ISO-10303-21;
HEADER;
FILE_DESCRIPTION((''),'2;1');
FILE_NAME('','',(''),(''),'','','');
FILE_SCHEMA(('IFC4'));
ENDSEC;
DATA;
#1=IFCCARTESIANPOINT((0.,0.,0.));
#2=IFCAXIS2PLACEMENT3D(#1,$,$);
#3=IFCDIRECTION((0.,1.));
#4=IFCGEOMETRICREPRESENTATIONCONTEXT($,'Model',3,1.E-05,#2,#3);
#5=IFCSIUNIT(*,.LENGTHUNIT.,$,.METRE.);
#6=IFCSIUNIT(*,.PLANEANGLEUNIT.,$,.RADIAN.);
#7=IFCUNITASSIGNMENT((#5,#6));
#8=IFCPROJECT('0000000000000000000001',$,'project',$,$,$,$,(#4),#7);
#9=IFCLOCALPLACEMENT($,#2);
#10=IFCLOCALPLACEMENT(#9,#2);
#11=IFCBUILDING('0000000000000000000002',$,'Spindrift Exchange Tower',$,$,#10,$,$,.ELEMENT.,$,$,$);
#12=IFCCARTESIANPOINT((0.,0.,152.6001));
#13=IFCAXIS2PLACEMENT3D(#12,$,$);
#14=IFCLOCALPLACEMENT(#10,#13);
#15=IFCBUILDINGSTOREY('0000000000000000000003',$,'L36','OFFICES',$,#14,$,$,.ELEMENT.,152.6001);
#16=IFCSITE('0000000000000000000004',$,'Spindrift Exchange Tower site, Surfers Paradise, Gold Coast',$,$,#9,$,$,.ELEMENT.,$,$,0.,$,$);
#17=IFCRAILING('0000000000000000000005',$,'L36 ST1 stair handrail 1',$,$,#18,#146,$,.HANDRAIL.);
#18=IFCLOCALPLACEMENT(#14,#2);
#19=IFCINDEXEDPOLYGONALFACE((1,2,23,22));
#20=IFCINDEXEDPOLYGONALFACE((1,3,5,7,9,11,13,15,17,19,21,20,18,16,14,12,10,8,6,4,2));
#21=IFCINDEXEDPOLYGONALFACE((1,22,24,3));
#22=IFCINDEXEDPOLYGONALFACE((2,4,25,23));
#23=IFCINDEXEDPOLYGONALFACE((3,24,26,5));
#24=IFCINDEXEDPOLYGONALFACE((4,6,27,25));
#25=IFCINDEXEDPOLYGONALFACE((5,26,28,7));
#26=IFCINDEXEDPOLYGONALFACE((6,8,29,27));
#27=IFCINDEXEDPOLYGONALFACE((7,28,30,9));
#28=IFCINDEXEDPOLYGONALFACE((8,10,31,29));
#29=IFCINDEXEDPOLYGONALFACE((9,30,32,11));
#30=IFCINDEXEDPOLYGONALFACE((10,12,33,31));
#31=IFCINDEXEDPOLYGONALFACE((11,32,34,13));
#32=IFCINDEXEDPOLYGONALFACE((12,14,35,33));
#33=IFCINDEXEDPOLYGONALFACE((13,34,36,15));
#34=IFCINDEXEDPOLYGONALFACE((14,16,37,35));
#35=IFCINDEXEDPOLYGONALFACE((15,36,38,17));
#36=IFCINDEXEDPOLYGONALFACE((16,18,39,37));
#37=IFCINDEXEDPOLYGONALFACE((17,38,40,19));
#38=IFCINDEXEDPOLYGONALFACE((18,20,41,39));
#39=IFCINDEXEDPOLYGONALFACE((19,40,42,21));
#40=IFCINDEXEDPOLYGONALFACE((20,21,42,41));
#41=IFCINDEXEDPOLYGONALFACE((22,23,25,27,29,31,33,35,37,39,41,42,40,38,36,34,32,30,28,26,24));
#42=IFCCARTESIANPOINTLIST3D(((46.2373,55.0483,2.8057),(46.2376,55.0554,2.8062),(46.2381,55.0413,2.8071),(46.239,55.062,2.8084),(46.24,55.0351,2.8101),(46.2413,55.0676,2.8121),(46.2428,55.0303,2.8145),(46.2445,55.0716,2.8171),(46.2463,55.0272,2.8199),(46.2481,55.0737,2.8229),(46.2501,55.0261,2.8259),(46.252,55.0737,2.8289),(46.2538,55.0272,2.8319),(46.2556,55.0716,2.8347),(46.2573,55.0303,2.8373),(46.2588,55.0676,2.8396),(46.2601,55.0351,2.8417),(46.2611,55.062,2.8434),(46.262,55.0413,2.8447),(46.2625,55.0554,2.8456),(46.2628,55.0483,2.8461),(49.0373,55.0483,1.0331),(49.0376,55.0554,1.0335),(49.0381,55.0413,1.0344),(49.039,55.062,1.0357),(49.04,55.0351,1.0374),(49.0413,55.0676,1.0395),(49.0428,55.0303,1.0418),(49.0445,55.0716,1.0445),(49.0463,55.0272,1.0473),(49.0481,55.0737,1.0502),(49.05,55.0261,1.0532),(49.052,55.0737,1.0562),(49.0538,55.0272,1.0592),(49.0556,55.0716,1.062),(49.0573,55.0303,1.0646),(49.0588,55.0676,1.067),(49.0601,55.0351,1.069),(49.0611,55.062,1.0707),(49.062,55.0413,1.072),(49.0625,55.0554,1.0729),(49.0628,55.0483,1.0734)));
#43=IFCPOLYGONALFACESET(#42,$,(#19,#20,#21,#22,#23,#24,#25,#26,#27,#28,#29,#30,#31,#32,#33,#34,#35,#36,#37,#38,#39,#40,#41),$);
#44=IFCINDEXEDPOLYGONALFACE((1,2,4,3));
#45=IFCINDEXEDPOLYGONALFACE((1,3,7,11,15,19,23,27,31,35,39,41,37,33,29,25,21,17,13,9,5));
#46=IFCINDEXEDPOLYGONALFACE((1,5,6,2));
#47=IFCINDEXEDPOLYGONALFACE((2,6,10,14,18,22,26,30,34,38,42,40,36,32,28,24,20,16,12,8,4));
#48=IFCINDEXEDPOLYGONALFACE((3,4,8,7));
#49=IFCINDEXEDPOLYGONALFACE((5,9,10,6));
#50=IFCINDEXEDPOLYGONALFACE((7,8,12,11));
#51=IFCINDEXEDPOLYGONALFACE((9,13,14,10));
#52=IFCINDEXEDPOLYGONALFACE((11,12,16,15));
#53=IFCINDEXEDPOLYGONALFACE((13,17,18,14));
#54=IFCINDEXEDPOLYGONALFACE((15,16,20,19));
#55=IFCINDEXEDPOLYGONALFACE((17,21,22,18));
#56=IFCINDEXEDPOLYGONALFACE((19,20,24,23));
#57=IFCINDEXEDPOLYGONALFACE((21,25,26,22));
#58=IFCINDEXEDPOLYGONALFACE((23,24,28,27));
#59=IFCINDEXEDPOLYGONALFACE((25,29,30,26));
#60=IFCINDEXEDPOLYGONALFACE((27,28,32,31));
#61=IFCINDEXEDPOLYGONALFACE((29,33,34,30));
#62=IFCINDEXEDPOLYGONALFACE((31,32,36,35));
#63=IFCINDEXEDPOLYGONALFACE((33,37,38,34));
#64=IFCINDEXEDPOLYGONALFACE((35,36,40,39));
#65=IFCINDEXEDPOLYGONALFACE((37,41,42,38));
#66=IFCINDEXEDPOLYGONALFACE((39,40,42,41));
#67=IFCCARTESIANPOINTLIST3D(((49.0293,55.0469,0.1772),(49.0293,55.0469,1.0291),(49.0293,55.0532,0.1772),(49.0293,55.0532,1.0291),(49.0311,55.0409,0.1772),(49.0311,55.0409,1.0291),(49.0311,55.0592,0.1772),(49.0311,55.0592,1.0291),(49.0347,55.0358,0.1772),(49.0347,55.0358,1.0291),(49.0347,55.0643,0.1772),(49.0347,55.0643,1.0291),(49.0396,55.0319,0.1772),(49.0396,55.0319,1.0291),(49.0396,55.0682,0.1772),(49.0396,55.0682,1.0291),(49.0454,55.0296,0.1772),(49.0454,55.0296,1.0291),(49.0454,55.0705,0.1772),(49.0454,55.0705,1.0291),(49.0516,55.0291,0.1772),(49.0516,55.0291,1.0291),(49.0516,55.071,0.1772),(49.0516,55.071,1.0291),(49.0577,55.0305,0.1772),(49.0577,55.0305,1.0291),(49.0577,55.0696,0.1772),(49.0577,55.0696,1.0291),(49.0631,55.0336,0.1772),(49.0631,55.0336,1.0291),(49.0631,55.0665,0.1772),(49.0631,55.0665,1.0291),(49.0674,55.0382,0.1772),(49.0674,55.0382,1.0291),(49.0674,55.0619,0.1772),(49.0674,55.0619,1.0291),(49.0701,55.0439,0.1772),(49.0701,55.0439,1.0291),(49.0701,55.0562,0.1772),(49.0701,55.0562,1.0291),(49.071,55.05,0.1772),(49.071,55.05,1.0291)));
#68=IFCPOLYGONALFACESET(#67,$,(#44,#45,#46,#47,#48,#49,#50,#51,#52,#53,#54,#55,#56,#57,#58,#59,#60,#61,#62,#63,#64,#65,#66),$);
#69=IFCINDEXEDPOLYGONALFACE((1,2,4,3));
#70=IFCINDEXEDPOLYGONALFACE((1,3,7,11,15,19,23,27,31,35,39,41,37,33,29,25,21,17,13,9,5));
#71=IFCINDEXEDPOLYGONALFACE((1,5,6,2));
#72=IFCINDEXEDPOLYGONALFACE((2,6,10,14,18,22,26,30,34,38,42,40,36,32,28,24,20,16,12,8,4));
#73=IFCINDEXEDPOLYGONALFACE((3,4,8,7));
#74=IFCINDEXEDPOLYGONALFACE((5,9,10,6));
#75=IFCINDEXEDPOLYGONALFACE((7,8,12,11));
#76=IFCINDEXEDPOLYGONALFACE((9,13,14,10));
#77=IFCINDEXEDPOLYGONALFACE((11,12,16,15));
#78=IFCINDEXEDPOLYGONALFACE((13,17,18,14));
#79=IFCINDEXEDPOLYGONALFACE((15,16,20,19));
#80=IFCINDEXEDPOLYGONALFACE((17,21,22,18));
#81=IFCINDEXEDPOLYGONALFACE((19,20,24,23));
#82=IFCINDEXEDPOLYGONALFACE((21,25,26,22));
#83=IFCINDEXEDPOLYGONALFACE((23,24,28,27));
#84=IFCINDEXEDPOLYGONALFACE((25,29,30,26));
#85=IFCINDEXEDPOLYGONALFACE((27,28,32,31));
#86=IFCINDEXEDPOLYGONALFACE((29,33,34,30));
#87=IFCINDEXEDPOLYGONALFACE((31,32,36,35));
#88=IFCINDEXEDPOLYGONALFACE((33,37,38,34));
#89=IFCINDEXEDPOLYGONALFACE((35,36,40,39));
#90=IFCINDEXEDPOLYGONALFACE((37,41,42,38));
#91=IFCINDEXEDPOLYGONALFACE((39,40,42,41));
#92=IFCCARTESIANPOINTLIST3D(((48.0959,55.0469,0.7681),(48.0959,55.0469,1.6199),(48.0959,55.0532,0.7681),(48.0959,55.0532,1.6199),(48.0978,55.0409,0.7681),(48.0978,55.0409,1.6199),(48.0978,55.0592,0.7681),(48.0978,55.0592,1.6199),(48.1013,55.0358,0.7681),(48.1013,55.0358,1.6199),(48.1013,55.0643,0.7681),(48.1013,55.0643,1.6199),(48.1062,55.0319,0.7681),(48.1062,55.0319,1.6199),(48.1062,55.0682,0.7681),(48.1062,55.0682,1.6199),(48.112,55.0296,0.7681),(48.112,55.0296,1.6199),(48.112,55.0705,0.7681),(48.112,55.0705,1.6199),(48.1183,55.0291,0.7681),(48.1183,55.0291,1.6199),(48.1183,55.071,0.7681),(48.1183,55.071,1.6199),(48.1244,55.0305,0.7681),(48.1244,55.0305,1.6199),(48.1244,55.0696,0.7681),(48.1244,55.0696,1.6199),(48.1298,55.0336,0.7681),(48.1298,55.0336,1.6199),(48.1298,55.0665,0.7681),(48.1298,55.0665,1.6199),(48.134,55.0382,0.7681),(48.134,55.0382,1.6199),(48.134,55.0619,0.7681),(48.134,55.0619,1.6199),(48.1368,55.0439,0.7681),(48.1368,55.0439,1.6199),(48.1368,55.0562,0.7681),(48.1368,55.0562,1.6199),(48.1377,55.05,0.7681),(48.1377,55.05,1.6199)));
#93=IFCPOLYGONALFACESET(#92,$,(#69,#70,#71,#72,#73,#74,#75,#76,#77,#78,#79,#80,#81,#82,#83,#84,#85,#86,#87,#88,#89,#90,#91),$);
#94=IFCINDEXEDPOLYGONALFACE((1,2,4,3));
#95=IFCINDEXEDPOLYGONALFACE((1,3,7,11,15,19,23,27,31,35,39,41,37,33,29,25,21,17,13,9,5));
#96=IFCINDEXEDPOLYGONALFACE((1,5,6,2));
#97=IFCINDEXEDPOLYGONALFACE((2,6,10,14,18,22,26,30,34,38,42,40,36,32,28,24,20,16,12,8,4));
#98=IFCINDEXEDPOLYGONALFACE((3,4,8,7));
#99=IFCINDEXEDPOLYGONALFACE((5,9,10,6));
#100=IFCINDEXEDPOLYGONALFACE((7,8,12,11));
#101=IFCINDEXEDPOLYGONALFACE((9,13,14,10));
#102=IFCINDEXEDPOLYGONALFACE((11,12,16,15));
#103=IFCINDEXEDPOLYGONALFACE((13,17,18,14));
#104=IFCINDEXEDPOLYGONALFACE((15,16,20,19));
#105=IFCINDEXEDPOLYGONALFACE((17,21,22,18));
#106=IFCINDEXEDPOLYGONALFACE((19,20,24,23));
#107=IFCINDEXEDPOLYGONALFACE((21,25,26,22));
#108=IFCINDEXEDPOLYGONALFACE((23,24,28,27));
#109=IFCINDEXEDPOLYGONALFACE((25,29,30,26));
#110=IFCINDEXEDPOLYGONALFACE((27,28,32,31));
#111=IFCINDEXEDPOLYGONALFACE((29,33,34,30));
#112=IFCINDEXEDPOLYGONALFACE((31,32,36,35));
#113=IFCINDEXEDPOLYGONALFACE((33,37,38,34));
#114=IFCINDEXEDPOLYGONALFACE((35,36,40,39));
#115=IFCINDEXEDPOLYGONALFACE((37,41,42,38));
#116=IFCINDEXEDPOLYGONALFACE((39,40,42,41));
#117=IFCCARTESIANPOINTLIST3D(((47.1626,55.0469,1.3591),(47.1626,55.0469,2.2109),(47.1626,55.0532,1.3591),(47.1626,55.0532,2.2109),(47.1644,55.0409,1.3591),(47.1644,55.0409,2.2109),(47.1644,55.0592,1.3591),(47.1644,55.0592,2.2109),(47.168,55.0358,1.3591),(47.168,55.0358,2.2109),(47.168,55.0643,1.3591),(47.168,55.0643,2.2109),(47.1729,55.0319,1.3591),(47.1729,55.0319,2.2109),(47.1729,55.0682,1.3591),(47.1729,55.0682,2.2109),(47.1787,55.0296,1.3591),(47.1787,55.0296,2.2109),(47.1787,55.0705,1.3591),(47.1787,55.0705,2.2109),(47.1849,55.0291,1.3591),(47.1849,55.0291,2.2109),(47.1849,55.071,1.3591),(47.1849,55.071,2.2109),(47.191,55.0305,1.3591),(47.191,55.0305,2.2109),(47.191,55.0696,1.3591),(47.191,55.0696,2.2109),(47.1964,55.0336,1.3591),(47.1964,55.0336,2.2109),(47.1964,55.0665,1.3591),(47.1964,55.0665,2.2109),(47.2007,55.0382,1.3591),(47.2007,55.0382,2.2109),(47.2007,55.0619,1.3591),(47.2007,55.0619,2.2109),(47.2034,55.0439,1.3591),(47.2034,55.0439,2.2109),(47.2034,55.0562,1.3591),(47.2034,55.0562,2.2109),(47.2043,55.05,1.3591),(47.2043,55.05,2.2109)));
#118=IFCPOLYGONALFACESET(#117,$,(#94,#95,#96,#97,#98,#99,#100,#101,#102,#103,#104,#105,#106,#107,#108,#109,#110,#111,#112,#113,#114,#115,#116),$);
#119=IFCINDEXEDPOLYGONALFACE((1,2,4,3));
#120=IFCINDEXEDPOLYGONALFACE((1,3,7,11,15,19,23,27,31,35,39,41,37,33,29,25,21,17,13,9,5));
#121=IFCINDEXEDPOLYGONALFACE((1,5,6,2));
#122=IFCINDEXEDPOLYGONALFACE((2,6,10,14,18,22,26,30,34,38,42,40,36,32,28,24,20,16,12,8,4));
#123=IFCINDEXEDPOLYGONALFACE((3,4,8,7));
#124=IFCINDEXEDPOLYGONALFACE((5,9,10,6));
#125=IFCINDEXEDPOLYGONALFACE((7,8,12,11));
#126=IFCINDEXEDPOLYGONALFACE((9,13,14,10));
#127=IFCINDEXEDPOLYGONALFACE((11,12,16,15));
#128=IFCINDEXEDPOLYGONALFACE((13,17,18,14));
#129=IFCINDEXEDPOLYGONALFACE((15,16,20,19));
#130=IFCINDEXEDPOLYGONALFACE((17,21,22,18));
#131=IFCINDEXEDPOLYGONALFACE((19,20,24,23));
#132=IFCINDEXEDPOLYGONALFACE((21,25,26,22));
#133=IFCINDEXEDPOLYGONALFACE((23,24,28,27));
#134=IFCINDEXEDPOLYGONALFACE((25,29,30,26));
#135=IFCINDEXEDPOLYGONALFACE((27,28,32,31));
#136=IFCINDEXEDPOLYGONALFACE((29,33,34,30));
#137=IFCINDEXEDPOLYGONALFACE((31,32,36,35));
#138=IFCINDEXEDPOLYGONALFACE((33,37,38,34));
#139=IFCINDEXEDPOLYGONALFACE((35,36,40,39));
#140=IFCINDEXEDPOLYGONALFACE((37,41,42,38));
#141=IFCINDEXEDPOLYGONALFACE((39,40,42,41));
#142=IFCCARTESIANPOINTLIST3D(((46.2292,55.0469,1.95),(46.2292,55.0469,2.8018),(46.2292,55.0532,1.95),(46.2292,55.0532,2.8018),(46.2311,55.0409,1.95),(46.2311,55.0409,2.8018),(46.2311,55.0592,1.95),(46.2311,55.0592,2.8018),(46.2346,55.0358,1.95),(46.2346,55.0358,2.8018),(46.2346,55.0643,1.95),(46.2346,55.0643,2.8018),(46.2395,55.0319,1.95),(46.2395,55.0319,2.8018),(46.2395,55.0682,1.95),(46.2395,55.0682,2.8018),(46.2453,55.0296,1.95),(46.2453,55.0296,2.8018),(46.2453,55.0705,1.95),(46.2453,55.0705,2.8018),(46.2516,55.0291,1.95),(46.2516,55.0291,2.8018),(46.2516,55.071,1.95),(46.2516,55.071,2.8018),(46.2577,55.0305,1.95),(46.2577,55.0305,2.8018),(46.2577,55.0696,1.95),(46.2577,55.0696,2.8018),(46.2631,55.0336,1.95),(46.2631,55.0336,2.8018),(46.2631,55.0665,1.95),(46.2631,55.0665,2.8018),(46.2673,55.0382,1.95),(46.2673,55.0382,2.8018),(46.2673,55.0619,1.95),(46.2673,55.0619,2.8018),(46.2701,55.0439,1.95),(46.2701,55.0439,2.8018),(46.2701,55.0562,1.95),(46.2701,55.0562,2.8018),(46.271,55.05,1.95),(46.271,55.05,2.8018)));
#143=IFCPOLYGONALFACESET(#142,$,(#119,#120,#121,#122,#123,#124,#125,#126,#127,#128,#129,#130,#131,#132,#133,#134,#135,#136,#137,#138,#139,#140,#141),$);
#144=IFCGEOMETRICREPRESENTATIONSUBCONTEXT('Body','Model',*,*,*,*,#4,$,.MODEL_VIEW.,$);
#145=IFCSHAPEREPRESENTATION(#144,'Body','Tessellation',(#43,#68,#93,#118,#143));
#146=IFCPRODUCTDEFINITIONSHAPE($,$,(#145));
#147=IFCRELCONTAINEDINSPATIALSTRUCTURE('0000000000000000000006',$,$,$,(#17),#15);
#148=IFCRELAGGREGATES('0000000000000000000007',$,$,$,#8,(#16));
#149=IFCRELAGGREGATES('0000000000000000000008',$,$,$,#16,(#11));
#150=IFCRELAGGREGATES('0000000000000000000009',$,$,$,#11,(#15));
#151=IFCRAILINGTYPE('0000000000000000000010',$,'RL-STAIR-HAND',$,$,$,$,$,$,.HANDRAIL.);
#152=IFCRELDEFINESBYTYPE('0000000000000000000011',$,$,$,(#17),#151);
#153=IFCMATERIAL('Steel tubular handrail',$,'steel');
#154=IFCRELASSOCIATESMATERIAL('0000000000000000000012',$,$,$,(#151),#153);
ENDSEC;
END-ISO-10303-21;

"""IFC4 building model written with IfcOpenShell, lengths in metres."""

from ifc_helpers import new_model, si_unit, direction, frame, origin, origin_2d, place, context, subcontext, project, spatial, circle, extrude, material, type_object, element, save


model = new_model("IFC4")

# Units and contexts
model_context = context("Model", 3, precision=1e-05, world=origin(), true_north=direction((0.0, 1.0)))
body_context = subcontext(model_context, "Body", "Model", "MODEL_VIEW")
ifc_project = project(units=[si_unit("LENGTHUNIT", "METRE"), si_unit("PLANEANGLEUNIT", "RADIAN")], contexts=[model_context])

# Site, building, storey
site_placement = place(None, origin())
site = spatial("IfcSite", under=ifc_project, at=site_placement, Name="Spindrift Exchange Tower site, Surfers Paradise, Gold Coast", CompositionType="ELEMENT", RefElevation=0.0)
building_placement = place(site_placement, origin())
building = spatial("IfcBuilding", under=site, at=building_placement, Name="Spindrift Exchange Tower", CompositionType="ELEMENT")
storey_placement = place(building_placement, frame((0.0, 0.0, 152.6001)))
storey = spatial("IfcBuildingStorey", under=building, at=storey_placement, Name="L36", Description="OFFICES", CompositionType="ELEMENT", Elevation=152.6001)

# Railing
ifc_material_1 = material(Name="Steel tubular handrail", Category="steel")
railing_type_1 = type_object("IfcRailingType", Name="RL-STAIR-HAND", PredefinedType="HANDRAIL", material=ifc_material_1)
railing_1_placement = place(storey_placement, frame((49.05, 55.05, 0.1772)))
element("IfcRailing", 1, at=railing_1_placement, inside=storey, type_object=railing_type_1, Name="L36 ST1 stair handrail 1", PredefinedType="HANDRAIL", context=body_context, shape_type="SweptSolid", body=[
    extrude(circle(Radius=0.0239, at=origin_2d()), frame((0.0, 0.0, 0.876), z_axis=(-0.844909, 0.0, 0.53491), x_axis=(0.0, -1.0, 0.0)), (0.0, 0.0, 1.0), 3.314),
    extrude(circle(Radius=0.021, at=origin_2d()), origin(), (0.0, 0.0, 1.0), 0.8518),
    extrude(circle(Radius=0.021, at=origin_2d()), frame((-0.9333, 0.0, 0.5908)), (0.0, 0.0, 1.0), 0.8518),
    extrude(circle(Radius=0.021, at=origin_2d()), frame((-1.8667, 0.0, 1.1819)), (0.0, 0.0, 1.0), 0.8518),
    extrude(circle(Radius=0.021, at=origin_2d()), frame((-2.8, 0.0, 1.7727)), (0.0, 0.0, 1.0), 0.8518),
])

save(model, "model.ifc")
